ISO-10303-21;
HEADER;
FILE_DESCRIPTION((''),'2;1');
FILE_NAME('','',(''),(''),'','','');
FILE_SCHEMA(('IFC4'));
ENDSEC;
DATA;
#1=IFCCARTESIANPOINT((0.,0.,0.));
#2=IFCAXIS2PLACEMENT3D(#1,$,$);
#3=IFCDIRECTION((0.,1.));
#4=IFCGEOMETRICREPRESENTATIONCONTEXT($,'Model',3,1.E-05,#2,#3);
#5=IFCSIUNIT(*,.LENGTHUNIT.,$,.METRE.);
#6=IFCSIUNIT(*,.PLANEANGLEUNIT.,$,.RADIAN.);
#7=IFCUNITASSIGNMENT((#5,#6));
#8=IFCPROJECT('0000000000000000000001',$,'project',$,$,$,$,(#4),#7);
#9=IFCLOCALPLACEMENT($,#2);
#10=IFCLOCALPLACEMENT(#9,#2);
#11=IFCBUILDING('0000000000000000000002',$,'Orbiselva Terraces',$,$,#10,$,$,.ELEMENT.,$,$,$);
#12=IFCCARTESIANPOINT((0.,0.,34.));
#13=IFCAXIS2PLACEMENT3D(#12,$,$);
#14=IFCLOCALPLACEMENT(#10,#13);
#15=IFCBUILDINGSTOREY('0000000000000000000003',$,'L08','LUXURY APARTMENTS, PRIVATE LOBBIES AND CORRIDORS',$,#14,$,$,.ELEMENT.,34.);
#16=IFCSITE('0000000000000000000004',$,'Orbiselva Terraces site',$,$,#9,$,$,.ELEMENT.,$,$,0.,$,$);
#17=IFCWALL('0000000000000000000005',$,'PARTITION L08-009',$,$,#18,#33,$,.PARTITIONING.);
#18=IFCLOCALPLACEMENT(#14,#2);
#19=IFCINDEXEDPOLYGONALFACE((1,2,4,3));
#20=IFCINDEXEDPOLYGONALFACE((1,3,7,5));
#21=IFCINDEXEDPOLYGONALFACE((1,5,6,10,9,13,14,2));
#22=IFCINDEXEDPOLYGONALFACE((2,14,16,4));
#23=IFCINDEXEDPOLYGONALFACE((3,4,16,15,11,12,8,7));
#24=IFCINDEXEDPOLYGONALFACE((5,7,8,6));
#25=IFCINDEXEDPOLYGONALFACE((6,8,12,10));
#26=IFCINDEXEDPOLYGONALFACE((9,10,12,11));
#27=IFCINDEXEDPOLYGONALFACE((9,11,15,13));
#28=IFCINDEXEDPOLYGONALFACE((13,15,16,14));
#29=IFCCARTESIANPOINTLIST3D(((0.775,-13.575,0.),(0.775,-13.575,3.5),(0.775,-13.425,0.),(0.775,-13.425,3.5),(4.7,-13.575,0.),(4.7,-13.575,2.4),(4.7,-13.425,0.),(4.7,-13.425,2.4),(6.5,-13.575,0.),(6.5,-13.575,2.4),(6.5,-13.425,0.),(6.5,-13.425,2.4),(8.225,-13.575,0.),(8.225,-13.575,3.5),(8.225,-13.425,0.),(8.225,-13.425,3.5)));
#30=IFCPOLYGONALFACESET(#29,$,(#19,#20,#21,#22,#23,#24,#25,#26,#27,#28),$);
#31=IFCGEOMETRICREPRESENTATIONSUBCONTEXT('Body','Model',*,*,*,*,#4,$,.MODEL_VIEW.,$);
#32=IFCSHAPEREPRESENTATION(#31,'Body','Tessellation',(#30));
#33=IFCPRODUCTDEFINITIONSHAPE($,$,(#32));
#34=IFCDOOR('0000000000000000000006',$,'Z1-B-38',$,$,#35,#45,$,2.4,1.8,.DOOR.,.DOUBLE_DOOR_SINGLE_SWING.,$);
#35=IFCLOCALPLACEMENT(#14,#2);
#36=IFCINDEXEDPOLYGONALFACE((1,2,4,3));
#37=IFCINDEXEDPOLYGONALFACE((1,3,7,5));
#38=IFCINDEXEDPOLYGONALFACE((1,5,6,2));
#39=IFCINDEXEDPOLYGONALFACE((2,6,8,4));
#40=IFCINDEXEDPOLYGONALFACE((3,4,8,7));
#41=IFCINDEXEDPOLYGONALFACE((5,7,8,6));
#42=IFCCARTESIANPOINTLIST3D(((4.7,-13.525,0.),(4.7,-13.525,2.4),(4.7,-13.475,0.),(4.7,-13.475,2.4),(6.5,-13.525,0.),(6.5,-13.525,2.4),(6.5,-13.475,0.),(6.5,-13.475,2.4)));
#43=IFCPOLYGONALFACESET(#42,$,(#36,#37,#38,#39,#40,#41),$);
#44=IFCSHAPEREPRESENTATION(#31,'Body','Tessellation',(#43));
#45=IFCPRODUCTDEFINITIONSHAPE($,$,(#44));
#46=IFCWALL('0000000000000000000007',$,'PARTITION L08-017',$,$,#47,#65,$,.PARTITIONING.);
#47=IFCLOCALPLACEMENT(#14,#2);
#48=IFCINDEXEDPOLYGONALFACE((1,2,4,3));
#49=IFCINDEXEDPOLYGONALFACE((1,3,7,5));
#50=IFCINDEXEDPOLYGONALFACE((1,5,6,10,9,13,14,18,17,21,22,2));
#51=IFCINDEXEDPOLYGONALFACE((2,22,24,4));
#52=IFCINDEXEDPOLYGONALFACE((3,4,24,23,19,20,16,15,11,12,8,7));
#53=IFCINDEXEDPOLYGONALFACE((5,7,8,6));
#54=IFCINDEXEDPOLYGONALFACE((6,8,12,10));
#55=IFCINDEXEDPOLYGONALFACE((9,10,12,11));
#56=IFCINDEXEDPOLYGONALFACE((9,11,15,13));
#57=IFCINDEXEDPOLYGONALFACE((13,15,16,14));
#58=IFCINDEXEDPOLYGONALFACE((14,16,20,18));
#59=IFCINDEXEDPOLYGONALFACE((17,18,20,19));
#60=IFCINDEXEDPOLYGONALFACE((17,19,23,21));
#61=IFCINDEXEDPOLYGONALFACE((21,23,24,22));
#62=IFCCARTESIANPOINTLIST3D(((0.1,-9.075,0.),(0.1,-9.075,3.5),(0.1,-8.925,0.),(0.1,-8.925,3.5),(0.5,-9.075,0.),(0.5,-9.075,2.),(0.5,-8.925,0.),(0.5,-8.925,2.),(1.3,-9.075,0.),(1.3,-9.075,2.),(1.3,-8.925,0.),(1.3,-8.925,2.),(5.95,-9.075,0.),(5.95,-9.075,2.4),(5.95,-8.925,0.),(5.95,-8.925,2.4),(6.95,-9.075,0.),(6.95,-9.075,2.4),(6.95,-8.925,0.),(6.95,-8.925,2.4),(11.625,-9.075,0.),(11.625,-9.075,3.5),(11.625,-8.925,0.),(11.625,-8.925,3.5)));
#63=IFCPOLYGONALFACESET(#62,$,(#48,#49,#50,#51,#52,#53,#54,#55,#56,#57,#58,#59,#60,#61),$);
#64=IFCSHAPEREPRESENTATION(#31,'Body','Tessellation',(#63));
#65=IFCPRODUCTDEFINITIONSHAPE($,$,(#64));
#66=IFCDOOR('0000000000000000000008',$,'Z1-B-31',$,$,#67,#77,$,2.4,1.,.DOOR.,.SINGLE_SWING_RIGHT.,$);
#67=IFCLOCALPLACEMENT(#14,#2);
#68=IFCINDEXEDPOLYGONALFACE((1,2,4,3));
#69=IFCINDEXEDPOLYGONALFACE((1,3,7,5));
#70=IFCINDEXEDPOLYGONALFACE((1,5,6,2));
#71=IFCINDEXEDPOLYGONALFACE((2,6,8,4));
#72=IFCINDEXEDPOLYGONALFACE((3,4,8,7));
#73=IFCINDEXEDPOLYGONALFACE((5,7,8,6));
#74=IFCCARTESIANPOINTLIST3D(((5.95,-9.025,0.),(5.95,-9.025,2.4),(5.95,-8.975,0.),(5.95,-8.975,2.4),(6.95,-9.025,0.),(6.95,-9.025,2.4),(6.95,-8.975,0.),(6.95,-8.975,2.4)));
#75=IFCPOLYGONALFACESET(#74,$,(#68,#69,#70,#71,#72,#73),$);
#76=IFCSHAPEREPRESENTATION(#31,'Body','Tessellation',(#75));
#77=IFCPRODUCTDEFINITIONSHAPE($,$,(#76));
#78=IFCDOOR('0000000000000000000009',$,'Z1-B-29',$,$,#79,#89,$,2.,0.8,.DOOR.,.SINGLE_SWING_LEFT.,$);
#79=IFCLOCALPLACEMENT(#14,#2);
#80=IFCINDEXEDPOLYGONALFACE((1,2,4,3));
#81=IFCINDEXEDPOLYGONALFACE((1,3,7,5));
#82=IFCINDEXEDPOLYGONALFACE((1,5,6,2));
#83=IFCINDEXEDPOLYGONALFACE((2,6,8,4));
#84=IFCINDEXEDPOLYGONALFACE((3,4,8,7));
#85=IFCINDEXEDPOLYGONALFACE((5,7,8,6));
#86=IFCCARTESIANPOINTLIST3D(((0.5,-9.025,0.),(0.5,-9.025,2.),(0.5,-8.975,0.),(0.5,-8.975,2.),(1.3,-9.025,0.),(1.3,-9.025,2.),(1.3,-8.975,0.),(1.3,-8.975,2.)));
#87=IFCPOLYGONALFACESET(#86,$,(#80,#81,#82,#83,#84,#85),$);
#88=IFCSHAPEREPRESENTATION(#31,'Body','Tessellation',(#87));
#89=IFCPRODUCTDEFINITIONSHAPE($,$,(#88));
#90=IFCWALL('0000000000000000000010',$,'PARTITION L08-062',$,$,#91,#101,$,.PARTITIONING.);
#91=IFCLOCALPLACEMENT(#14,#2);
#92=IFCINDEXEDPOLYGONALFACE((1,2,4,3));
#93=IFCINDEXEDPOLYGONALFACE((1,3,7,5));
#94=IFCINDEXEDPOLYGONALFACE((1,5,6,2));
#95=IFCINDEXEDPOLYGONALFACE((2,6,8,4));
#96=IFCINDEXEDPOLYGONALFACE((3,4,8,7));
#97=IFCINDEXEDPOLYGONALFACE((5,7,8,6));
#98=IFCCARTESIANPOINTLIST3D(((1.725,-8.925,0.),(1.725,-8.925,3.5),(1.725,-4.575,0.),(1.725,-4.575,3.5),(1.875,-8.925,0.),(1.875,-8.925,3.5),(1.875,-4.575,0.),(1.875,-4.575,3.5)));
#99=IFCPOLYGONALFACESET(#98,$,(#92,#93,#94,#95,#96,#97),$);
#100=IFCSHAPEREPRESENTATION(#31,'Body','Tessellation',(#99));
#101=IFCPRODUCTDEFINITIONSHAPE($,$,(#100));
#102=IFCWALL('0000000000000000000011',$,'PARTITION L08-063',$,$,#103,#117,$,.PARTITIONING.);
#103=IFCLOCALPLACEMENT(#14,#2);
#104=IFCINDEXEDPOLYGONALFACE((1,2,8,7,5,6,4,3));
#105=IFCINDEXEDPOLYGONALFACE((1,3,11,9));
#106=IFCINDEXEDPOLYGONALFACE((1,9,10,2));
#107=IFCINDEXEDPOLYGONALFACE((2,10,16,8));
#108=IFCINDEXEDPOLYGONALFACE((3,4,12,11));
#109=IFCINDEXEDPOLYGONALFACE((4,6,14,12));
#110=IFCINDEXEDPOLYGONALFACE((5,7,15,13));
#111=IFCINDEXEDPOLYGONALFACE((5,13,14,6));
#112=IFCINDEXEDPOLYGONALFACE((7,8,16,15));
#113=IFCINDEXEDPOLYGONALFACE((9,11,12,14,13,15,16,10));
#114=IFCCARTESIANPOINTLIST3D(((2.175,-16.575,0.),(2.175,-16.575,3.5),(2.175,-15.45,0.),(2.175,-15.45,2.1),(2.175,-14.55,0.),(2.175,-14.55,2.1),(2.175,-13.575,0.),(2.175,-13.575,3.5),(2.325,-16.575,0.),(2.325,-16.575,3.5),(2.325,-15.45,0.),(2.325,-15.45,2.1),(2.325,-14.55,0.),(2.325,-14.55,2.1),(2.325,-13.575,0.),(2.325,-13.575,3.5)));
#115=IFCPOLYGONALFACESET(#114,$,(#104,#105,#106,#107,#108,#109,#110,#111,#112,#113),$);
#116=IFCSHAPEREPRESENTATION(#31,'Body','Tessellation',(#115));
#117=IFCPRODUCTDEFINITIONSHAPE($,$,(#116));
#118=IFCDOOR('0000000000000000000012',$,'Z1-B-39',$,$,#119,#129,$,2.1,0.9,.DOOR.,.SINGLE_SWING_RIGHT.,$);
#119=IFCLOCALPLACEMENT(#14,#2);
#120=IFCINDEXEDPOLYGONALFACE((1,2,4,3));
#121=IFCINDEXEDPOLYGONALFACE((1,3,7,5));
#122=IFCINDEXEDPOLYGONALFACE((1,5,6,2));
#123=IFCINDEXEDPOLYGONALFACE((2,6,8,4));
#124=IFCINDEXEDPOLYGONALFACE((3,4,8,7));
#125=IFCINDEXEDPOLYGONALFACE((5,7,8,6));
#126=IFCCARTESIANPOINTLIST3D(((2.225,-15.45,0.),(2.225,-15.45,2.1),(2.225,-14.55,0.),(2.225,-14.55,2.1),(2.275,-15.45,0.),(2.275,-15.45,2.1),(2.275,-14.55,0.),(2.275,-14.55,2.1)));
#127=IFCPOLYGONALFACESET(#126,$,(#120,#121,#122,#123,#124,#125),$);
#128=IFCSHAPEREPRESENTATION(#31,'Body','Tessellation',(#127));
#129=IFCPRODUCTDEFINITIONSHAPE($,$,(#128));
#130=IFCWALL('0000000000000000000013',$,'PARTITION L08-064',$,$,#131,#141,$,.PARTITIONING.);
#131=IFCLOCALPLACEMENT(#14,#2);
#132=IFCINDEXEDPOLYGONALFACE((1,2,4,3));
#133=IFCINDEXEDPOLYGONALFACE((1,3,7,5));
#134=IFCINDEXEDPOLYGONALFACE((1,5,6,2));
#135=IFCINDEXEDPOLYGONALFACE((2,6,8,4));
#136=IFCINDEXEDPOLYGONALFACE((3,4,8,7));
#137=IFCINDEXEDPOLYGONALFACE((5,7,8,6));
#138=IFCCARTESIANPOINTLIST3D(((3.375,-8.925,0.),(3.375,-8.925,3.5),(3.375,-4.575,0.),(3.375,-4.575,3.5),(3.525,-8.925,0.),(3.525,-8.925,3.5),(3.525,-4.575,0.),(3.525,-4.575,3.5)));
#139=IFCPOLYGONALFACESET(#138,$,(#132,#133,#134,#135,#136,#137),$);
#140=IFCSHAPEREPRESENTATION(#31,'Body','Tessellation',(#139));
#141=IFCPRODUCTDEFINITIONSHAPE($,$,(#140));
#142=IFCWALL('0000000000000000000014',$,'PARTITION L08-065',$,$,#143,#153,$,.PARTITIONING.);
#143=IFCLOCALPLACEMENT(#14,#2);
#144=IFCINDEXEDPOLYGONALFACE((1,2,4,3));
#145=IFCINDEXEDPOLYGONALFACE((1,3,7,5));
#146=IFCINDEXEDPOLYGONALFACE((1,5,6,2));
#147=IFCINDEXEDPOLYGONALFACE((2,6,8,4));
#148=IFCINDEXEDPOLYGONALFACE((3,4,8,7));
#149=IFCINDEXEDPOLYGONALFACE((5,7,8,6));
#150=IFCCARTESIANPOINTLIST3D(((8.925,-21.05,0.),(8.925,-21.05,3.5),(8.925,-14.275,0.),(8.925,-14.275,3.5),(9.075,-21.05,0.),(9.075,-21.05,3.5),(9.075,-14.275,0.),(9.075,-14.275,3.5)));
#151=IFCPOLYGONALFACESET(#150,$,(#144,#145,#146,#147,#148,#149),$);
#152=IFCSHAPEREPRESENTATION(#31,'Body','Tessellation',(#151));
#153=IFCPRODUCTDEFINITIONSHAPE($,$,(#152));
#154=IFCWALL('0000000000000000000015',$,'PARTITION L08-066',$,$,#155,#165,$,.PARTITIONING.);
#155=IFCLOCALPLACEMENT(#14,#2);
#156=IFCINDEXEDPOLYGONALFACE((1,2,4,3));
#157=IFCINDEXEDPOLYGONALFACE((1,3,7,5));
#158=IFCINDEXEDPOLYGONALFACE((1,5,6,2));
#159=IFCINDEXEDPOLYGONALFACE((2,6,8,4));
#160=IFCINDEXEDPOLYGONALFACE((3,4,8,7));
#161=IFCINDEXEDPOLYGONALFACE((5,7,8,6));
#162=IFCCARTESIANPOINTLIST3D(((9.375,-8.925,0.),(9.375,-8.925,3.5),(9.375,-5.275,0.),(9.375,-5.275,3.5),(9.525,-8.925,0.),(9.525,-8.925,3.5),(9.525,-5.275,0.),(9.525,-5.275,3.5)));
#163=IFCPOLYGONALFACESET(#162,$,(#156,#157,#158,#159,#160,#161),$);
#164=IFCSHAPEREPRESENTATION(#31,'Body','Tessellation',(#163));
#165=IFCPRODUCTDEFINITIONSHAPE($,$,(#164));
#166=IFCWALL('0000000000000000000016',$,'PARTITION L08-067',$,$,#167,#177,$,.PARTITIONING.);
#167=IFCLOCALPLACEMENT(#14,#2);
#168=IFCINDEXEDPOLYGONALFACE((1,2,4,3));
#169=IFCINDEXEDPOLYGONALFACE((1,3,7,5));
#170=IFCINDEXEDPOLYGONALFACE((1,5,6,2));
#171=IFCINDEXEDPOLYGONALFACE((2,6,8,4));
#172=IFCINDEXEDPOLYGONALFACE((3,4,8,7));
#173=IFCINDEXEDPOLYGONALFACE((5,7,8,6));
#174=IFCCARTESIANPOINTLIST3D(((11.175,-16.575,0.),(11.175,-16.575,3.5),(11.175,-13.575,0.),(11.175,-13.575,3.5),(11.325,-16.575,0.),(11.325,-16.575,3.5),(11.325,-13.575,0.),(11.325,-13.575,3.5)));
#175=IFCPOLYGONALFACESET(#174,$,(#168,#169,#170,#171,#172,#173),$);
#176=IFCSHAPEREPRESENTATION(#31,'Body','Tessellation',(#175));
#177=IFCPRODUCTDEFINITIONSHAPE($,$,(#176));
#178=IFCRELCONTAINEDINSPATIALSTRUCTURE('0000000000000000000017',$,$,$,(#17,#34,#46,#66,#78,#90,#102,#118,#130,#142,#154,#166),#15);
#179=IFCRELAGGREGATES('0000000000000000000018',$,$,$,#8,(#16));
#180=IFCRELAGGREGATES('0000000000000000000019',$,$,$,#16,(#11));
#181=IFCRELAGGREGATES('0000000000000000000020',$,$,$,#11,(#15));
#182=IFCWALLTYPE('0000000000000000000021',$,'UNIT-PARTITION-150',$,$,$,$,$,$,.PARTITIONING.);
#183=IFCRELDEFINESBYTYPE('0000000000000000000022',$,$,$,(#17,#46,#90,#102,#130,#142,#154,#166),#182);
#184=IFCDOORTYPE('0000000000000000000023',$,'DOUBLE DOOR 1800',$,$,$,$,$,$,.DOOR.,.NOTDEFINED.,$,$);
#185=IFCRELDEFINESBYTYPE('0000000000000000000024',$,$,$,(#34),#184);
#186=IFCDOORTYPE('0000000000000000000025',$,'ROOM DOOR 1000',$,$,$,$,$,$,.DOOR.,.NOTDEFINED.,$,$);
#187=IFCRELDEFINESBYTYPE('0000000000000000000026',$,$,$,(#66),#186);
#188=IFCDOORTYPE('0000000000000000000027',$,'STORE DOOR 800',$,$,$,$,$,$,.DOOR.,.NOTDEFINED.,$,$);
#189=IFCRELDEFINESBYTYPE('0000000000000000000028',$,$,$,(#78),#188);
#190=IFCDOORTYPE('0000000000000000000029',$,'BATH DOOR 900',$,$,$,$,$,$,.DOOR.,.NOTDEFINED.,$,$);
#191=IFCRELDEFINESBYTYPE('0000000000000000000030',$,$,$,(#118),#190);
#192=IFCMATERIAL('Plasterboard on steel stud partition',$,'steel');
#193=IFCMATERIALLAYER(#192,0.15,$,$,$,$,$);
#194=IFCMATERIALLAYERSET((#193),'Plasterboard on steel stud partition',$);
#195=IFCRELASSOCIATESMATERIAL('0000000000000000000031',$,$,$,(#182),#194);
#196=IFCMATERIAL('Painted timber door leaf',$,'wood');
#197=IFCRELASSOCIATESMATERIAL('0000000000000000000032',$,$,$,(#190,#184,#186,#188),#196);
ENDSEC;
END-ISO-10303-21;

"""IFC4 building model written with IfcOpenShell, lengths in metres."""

from ifc_helpers import new_model, si_unit, direction, frame, frame_2d, origin, place, context, subcontext, project, spatial, rectangle, extrude, material, layer, layer_set, type_object, element, fill, save


model = new_model("IFC4")

# Units and contexts
model_context = context("Model", 3, precision=1e-05, world=origin(), true_north=direction((0.0, 1.0)))
body_context = subcontext(model_context, "Body", "Model", "MODEL_VIEW")
ifc_project = project(units=[si_unit("LENGTHUNIT", "METRE"), si_unit("PLANEANGLEUNIT", "RADIAN")], contexts=[model_context])

# Site, building, storey
site_placement = place(None, origin())
site = spatial("IfcSite", under=ifc_project, at=site_placement, Name="Orbiselva Terraces site", CompositionType="ELEMENT", RefElevation=0.0)
building_placement = place(site_placement, origin())
building = spatial("IfcBuilding", under=site, at=building_placement, Name="Orbiselva Terraces", CompositionType="ELEMENT")
storey_placement = place(building_placement, frame((0.0, 0.0, 34.0)))
storey = spatial("IfcBuildingStorey", under=building, at=storey_placement, Name="L08", Description="LUXURY APARTMENTS, PRIVATE LOBBIES AND CORRIDORS", CompositionType="ELEMENT", Elevation=34.0)

# Shared definitions
ifc_material_1 = material(Name="Plasterboard on steel stud partition", Category="steel")
ifc_layer_1 = layer(ifc_material_1, 0.15)
ifc_layer_set_1 = layer_set([ifc_layer_1], Name="Plasterboard on steel stud partition")
wall_type_1 = type_object("IfcWallType", Name="UNIT-PARTITION-150", PredefinedType="PARTITIONING", material=ifc_layer_set_1)

# Wall, opening, door
ifc_material_2 = material(Name="Painted timber door leaf", Category="wood")
door_type_1 = type_object("IfcDoorType", Name="BATH DOOR 900", OperationType="NOTDEFINED", PredefinedType="DOOR", material=ifc_material_2)
wall_1_placement = place(storey_placement, frame((8.225, -13.5, 0.0), z_axis=(0.0, 0.0, 1.0), x_axis=(-1.0, 0.0, 0.0)))
wall_1 = element("IfcWall", 1, at=wall_1_placement, inside=storey, type_object=wall_type_1, Name="PARTITION L08-009", PredefinedType="PARTITIONING", context=body_context, shape_type="SweptSolid", body=[
    extrude(rectangle(XDim=7.45, YDim=0.15, at=frame_2d((3.725, 0.0))), origin(), (0.0, 0.0, 1.0), 3.5),
])
opening_1_placement = place(wall_1_placement, frame((1.725, 0.0, 0.0)))
opening_1 = element("IfcOpeningElement", 2, at=opening_1_placement, cuts=wall_1, PredefinedType="OPENING", context=body_context, shape_type="SweptSolid", body=[
    extrude(rectangle(XDim=1.8, YDim=2.4, at=frame_2d((0.9, 1.2))), frame((0.0, 0.085, 0.0), z_axis=(0.0, -1.0, 0.0), x_axis=(1.0, 0.0, 0.0)), (0.0, 0.0, 1.0), 0.17),
])
door_type_2 = type_object("IfcDoorType", Name="DOUBLE DOOR 1800", OperationType="NOTDEFINED", PredefinedType="DOOR", material=ifc_material_2)
door_1_placement = place(opening_1_placement, origin())
door_1 = element("IfcDoor", 3, at=door_1_placement, inside=storey, type_object=door_type_2, Name="Z1-B-38", OperationType="DOUBLE_DOOR_SINGLE_SWING", OverallHeight=2.4, OverallWidth=1.8, PredefinedType="DOOR", context=body_context, shape_type="SweptSolid", body=[
    extrude(rectangle(XDim=1.8, YDim=2.4, at=frame_2d((0.9, 1.2))), frame((0.0, 0.025, 0.0), z_axis=(0.0, -1.0, 0.0), x_axis=(1.0, 0.0, 0.0)), (0.0, 0.0, 1.0), 0.05),
])
fill(opening_1, door_1)

# Wall, openings, doors
wall_2_placement = place(storey_placement, frame((0.1, -9.0, 0.0), z_axis=(0.0, 0.0, 1.0), x_axis=(1.0, 0.0, 0.0)))
wall_2 = element("IfcWall", 4, at=wall_2_placement, inside=storey, type_object=wall_type_1, Name="PARTITION L08-017", PredefinedType="PARTITIONING", context=body_context, shape_type="SweptSolid", body=[
    extrude(rectangle(XDim=11.525, YDim=0.15, at=frame_2d((5.7625, 0.0))), origin(), (0.0, 0.0, 1.0), 3.5),
])
opening_2_placement = place(wall_2_placement, frame((0.4, 0.0, 0.0)))
opening_2 = element("IfcOpeningElement", 5, at=opening_2_placement, cuts=wall_2, PredefinedType="OPENING", context=body_context, shape_type="SweptSolid", body=[
    extrude(rectangle(XDim=0.8, YDim=2.0, at=frame_2d((0.4, 1.0))), frame((0.0, 0.085, 0.0), z_axis=(0.0, -1.0, 0.0), x_axis=(1.0, 0.0, 0.0)), (0.0, 0.0, 1.0), 0.17),
])
opening_3_placement = place(wall_2_placement, frame((5.85, 0.0, 0.0)))
opening_3 = element("IfcOpeningElement", 6, at=opening_3_placement, cuts=wall_2, PredefinedType="OPENING", context=body_context, shape_type="SweptSolid", body=[
    extrude(rectangle(XDim=1.0, YDim=2.4, at=frame_2d((0.5, 1.2))), frame((0.0, 0.085, 0.0), z_axis=(0.0, -1.0, 0.0), x_axis=(1.0, 0.0, 0.0)), (0.0, 0.0, 1.0), 0.17),
])
door_type_3 = type_object("IfcDoorType", Name="ROOM DOOR 1000", OperationType="NOTDEFINED", PredefinedType="DOOR", material=ifc_material_2)
door_2_placement = place(opening_3_placement, origin())
door_2 = element("IfcDoor", 7, at=door_2_placement, inside=storey, type_object=door_type_3, Name="Z1-B-31", OperationType="SINGLE_SWING_RIGHT", OverallHeight=2.4, OverallWidth=1.0, PredefinedType="DOOR", context=body_context, shape_type="SweptSolid", body=[
    extrude(rectangle(XDim=1.0, YDim=2.4, at=frame_2d((0.5, 1.2))), frame((0.0, 0.025, 0.0), z_axis=(0.0, -1.0, 0.0), x_axis=(1.0, 0.0, 0.0)), (0.0, 0.0, 1.0), 0.05),
])
fill(opening_3, door_2)
door_type_4 = type_object("IfcDoorType", Name="STORE DOOR 800", OperationType="NOTDEFINED", PredefinedType="DOOR", material=ifc_material_2)
door_3_placement = place(opening_2_placement, origin())
door_3 = element("IfcDoor", 8, at=door_3_placement, inside=storey, type_object=door_type_4, Name="Z1-B-29", OperationType="SINGLE_SWING_LEFT", OverallHeight=2.0, OverallWidth=0.8, PredefinedType="DOOR", context=body_context, shape_type="SweptSolid", body=[
    extrude(rectangle(XDim=0.8, YDim=2.0, at=frame_2d((0.4, 1.0))), frame((0.0, 0.025, 0.0), z_axis=(0.0, -1.0, 0.0), x_axis=(1.0, 0.0, 0.0)), (0.0, 0.0, 1.0), 0.05),
])
fill(opening_2, door_3)

# Wall
wall_3_placement = place(storey_placement, frame((1.8, -8.925, 0.0), z_axis=(0.0, 0.0, 1.0), x_axis=(0.0, 1.0, 0.0)))
element("IfcWall", 9, at=wall_3_placement, inside=storey, type_object=wall_type_1, Name="PARTITION L08-062", PredefinedType="PARTITIONING", context=body_context, shape_type="SweptSolid", body=[
    extrude(rectangle(XDim=4.35, YDim=0.15, at=frame_2d((2.175, 0.0))), origin(), (0.0, 0.0, 1.0), 3.5),
])

# Wall, opening, door
wall_4_placement = place(storey_placement, frame((2.25, -16.575, 0.0), z_axis=(0.0, 0.0, 1.0), x_axis=(0.0, 1.0, 0.0)))
wall_4 = element("IfcWall", 10, at=wall_4_placement, inside=storey, type_object=wall_type_1, Name="PARTITION L08-063", PredefinedType="PARTITIONING", context=body_context, shape_type="SweptSolid", body=[
    extrude(rectangle(XDim=3.0, YDim=0.15, at=frame_2d((1.5, 0.0))), origin(), (0.0, 0.0, 1.0), 3.5),
])
opening_4_placement = place(wall_4_placement, frame((1.125, 0.0, 0.0)))
opening_4 = element("IfcOpeningElement", 11, at=opening_4_placement, cuts=wall_4, PredefinedType="OPENING", context=body_context, shape_type="SweptSolid", body=[
    extrude(rectangle(XDim=0.9, YDim=2.1, at=frame_2d((0.45, 1.05))), frame((0.0, 0.085, 0.0), z_axis=(0.0, -1.0, 0.0), x_axis=(1.0, 0.0, 0.0)), (0.0, 0.0, 1.0), 0.17),
])
door_4_placement = place(opening_4_placement, origin())
door_4 = element("IfcDoor", 12, at=door_4_placement, inside=storey, type_object=door_type_1, Name="Z1-B-39", OperationType="SINGLE_SWING_RIGHT", OverallHeight=2.1, OverallWidth=0.9, PredefinedType="DOOR", context=body_context, shape_type="SweptSolid", body=[
    extrude(rectangle(XDim=0.9, YDim=2.1, at=frame_2d((0.45, 1.05))), frame((0.0, 0.025, 0.0), z_axis=(0.0, -1.0, 0.0), x_axis=(1.0, 0.0, 0.0)), (0.0, 0.0, 1.0), 0.05),
])
fill(opening_4, door_4)

# Walls
wall_5_placement = place(storey_placement, frame((3.45, -8.925, 0.0), z_axis=(0.0, 0.0, 1.0), x_axis=(0.0, 1.0, 0.0)))
element("IfcWall", 13, at=wall_5_placement, inside=storey, type_object=wall_type_1, Name="PARTITION L08-064", PredefinedType="PARTITIONING", context=body_context, shape_type="SweptSolid", body=[
    extrude(rectangle(XDim=4.35, YDim=0.15, at=frame_2d((2.175, 0.0))), origin(), (0.0, 0.0, 1.0), 3.5),
])
wall_6_placement = place(storey_placement, frame((9.0, -21.05, 0.0), z_axis=(0.0, 0.0, 1.0), x_axis=(0.0, 1.0, 0.0)))
element("IfcWall", 14, at=wall_6_placement, inside=storey, type_object=wall_type_1, Name="PARTITION L08-065", PredefinedType="PARTITIONING", context=body_context, shape_type="SweptSolid", body=[
    extrude(rectangle(XDim=6.775, YDim=0.15, at=frame_2d((3.3875, 0.0))), origin(), (0.0, 0.0, 1.0), 3.5),
])
wall_7_placement = place(storey_placement, frame((9.45, -8.925, 0.0), z_axis=(0.0, 0.0, 1.0), x_axis=(0.0, 1.0, 0.0)))
element("IfcWall", 15, at=wall_7_placement, inside=storey, type_object=wall_type_1, Name="PARTITION L08-066", PredefinedType="PARTITIONING", context=body_context, shape_type="SweptSolid", body=[
    extrude(rectangle(XDim=3.65, YDim=0.15, at=frame_2d((1.825, 0.0))), origin(), (0.0, 0.0, 1.0), 3.5),
])
wall_8_placement = place(storey_placement, frame((11.25, -16.575, 0.0), z_axis=(0.0, 0.0, 1.0), x_axis=(0.0, 1.0, 0.0)))
element("IfcWall", 16, at=wall_8_placement, inside=storey, type_object=wall_type_1, Name="PARTITION L08-067", PredefinedType="PARTITIONING", context=body_context, shape_type="SweptSolid", body=[
    extrude(rectangle(XDim=3.0, YDim=0.15, at=frame_2d((1.5, 0.0))), origin(), (0.0, 0.0, 1.0), 3.5),
])

save(model, "model.ifc")
